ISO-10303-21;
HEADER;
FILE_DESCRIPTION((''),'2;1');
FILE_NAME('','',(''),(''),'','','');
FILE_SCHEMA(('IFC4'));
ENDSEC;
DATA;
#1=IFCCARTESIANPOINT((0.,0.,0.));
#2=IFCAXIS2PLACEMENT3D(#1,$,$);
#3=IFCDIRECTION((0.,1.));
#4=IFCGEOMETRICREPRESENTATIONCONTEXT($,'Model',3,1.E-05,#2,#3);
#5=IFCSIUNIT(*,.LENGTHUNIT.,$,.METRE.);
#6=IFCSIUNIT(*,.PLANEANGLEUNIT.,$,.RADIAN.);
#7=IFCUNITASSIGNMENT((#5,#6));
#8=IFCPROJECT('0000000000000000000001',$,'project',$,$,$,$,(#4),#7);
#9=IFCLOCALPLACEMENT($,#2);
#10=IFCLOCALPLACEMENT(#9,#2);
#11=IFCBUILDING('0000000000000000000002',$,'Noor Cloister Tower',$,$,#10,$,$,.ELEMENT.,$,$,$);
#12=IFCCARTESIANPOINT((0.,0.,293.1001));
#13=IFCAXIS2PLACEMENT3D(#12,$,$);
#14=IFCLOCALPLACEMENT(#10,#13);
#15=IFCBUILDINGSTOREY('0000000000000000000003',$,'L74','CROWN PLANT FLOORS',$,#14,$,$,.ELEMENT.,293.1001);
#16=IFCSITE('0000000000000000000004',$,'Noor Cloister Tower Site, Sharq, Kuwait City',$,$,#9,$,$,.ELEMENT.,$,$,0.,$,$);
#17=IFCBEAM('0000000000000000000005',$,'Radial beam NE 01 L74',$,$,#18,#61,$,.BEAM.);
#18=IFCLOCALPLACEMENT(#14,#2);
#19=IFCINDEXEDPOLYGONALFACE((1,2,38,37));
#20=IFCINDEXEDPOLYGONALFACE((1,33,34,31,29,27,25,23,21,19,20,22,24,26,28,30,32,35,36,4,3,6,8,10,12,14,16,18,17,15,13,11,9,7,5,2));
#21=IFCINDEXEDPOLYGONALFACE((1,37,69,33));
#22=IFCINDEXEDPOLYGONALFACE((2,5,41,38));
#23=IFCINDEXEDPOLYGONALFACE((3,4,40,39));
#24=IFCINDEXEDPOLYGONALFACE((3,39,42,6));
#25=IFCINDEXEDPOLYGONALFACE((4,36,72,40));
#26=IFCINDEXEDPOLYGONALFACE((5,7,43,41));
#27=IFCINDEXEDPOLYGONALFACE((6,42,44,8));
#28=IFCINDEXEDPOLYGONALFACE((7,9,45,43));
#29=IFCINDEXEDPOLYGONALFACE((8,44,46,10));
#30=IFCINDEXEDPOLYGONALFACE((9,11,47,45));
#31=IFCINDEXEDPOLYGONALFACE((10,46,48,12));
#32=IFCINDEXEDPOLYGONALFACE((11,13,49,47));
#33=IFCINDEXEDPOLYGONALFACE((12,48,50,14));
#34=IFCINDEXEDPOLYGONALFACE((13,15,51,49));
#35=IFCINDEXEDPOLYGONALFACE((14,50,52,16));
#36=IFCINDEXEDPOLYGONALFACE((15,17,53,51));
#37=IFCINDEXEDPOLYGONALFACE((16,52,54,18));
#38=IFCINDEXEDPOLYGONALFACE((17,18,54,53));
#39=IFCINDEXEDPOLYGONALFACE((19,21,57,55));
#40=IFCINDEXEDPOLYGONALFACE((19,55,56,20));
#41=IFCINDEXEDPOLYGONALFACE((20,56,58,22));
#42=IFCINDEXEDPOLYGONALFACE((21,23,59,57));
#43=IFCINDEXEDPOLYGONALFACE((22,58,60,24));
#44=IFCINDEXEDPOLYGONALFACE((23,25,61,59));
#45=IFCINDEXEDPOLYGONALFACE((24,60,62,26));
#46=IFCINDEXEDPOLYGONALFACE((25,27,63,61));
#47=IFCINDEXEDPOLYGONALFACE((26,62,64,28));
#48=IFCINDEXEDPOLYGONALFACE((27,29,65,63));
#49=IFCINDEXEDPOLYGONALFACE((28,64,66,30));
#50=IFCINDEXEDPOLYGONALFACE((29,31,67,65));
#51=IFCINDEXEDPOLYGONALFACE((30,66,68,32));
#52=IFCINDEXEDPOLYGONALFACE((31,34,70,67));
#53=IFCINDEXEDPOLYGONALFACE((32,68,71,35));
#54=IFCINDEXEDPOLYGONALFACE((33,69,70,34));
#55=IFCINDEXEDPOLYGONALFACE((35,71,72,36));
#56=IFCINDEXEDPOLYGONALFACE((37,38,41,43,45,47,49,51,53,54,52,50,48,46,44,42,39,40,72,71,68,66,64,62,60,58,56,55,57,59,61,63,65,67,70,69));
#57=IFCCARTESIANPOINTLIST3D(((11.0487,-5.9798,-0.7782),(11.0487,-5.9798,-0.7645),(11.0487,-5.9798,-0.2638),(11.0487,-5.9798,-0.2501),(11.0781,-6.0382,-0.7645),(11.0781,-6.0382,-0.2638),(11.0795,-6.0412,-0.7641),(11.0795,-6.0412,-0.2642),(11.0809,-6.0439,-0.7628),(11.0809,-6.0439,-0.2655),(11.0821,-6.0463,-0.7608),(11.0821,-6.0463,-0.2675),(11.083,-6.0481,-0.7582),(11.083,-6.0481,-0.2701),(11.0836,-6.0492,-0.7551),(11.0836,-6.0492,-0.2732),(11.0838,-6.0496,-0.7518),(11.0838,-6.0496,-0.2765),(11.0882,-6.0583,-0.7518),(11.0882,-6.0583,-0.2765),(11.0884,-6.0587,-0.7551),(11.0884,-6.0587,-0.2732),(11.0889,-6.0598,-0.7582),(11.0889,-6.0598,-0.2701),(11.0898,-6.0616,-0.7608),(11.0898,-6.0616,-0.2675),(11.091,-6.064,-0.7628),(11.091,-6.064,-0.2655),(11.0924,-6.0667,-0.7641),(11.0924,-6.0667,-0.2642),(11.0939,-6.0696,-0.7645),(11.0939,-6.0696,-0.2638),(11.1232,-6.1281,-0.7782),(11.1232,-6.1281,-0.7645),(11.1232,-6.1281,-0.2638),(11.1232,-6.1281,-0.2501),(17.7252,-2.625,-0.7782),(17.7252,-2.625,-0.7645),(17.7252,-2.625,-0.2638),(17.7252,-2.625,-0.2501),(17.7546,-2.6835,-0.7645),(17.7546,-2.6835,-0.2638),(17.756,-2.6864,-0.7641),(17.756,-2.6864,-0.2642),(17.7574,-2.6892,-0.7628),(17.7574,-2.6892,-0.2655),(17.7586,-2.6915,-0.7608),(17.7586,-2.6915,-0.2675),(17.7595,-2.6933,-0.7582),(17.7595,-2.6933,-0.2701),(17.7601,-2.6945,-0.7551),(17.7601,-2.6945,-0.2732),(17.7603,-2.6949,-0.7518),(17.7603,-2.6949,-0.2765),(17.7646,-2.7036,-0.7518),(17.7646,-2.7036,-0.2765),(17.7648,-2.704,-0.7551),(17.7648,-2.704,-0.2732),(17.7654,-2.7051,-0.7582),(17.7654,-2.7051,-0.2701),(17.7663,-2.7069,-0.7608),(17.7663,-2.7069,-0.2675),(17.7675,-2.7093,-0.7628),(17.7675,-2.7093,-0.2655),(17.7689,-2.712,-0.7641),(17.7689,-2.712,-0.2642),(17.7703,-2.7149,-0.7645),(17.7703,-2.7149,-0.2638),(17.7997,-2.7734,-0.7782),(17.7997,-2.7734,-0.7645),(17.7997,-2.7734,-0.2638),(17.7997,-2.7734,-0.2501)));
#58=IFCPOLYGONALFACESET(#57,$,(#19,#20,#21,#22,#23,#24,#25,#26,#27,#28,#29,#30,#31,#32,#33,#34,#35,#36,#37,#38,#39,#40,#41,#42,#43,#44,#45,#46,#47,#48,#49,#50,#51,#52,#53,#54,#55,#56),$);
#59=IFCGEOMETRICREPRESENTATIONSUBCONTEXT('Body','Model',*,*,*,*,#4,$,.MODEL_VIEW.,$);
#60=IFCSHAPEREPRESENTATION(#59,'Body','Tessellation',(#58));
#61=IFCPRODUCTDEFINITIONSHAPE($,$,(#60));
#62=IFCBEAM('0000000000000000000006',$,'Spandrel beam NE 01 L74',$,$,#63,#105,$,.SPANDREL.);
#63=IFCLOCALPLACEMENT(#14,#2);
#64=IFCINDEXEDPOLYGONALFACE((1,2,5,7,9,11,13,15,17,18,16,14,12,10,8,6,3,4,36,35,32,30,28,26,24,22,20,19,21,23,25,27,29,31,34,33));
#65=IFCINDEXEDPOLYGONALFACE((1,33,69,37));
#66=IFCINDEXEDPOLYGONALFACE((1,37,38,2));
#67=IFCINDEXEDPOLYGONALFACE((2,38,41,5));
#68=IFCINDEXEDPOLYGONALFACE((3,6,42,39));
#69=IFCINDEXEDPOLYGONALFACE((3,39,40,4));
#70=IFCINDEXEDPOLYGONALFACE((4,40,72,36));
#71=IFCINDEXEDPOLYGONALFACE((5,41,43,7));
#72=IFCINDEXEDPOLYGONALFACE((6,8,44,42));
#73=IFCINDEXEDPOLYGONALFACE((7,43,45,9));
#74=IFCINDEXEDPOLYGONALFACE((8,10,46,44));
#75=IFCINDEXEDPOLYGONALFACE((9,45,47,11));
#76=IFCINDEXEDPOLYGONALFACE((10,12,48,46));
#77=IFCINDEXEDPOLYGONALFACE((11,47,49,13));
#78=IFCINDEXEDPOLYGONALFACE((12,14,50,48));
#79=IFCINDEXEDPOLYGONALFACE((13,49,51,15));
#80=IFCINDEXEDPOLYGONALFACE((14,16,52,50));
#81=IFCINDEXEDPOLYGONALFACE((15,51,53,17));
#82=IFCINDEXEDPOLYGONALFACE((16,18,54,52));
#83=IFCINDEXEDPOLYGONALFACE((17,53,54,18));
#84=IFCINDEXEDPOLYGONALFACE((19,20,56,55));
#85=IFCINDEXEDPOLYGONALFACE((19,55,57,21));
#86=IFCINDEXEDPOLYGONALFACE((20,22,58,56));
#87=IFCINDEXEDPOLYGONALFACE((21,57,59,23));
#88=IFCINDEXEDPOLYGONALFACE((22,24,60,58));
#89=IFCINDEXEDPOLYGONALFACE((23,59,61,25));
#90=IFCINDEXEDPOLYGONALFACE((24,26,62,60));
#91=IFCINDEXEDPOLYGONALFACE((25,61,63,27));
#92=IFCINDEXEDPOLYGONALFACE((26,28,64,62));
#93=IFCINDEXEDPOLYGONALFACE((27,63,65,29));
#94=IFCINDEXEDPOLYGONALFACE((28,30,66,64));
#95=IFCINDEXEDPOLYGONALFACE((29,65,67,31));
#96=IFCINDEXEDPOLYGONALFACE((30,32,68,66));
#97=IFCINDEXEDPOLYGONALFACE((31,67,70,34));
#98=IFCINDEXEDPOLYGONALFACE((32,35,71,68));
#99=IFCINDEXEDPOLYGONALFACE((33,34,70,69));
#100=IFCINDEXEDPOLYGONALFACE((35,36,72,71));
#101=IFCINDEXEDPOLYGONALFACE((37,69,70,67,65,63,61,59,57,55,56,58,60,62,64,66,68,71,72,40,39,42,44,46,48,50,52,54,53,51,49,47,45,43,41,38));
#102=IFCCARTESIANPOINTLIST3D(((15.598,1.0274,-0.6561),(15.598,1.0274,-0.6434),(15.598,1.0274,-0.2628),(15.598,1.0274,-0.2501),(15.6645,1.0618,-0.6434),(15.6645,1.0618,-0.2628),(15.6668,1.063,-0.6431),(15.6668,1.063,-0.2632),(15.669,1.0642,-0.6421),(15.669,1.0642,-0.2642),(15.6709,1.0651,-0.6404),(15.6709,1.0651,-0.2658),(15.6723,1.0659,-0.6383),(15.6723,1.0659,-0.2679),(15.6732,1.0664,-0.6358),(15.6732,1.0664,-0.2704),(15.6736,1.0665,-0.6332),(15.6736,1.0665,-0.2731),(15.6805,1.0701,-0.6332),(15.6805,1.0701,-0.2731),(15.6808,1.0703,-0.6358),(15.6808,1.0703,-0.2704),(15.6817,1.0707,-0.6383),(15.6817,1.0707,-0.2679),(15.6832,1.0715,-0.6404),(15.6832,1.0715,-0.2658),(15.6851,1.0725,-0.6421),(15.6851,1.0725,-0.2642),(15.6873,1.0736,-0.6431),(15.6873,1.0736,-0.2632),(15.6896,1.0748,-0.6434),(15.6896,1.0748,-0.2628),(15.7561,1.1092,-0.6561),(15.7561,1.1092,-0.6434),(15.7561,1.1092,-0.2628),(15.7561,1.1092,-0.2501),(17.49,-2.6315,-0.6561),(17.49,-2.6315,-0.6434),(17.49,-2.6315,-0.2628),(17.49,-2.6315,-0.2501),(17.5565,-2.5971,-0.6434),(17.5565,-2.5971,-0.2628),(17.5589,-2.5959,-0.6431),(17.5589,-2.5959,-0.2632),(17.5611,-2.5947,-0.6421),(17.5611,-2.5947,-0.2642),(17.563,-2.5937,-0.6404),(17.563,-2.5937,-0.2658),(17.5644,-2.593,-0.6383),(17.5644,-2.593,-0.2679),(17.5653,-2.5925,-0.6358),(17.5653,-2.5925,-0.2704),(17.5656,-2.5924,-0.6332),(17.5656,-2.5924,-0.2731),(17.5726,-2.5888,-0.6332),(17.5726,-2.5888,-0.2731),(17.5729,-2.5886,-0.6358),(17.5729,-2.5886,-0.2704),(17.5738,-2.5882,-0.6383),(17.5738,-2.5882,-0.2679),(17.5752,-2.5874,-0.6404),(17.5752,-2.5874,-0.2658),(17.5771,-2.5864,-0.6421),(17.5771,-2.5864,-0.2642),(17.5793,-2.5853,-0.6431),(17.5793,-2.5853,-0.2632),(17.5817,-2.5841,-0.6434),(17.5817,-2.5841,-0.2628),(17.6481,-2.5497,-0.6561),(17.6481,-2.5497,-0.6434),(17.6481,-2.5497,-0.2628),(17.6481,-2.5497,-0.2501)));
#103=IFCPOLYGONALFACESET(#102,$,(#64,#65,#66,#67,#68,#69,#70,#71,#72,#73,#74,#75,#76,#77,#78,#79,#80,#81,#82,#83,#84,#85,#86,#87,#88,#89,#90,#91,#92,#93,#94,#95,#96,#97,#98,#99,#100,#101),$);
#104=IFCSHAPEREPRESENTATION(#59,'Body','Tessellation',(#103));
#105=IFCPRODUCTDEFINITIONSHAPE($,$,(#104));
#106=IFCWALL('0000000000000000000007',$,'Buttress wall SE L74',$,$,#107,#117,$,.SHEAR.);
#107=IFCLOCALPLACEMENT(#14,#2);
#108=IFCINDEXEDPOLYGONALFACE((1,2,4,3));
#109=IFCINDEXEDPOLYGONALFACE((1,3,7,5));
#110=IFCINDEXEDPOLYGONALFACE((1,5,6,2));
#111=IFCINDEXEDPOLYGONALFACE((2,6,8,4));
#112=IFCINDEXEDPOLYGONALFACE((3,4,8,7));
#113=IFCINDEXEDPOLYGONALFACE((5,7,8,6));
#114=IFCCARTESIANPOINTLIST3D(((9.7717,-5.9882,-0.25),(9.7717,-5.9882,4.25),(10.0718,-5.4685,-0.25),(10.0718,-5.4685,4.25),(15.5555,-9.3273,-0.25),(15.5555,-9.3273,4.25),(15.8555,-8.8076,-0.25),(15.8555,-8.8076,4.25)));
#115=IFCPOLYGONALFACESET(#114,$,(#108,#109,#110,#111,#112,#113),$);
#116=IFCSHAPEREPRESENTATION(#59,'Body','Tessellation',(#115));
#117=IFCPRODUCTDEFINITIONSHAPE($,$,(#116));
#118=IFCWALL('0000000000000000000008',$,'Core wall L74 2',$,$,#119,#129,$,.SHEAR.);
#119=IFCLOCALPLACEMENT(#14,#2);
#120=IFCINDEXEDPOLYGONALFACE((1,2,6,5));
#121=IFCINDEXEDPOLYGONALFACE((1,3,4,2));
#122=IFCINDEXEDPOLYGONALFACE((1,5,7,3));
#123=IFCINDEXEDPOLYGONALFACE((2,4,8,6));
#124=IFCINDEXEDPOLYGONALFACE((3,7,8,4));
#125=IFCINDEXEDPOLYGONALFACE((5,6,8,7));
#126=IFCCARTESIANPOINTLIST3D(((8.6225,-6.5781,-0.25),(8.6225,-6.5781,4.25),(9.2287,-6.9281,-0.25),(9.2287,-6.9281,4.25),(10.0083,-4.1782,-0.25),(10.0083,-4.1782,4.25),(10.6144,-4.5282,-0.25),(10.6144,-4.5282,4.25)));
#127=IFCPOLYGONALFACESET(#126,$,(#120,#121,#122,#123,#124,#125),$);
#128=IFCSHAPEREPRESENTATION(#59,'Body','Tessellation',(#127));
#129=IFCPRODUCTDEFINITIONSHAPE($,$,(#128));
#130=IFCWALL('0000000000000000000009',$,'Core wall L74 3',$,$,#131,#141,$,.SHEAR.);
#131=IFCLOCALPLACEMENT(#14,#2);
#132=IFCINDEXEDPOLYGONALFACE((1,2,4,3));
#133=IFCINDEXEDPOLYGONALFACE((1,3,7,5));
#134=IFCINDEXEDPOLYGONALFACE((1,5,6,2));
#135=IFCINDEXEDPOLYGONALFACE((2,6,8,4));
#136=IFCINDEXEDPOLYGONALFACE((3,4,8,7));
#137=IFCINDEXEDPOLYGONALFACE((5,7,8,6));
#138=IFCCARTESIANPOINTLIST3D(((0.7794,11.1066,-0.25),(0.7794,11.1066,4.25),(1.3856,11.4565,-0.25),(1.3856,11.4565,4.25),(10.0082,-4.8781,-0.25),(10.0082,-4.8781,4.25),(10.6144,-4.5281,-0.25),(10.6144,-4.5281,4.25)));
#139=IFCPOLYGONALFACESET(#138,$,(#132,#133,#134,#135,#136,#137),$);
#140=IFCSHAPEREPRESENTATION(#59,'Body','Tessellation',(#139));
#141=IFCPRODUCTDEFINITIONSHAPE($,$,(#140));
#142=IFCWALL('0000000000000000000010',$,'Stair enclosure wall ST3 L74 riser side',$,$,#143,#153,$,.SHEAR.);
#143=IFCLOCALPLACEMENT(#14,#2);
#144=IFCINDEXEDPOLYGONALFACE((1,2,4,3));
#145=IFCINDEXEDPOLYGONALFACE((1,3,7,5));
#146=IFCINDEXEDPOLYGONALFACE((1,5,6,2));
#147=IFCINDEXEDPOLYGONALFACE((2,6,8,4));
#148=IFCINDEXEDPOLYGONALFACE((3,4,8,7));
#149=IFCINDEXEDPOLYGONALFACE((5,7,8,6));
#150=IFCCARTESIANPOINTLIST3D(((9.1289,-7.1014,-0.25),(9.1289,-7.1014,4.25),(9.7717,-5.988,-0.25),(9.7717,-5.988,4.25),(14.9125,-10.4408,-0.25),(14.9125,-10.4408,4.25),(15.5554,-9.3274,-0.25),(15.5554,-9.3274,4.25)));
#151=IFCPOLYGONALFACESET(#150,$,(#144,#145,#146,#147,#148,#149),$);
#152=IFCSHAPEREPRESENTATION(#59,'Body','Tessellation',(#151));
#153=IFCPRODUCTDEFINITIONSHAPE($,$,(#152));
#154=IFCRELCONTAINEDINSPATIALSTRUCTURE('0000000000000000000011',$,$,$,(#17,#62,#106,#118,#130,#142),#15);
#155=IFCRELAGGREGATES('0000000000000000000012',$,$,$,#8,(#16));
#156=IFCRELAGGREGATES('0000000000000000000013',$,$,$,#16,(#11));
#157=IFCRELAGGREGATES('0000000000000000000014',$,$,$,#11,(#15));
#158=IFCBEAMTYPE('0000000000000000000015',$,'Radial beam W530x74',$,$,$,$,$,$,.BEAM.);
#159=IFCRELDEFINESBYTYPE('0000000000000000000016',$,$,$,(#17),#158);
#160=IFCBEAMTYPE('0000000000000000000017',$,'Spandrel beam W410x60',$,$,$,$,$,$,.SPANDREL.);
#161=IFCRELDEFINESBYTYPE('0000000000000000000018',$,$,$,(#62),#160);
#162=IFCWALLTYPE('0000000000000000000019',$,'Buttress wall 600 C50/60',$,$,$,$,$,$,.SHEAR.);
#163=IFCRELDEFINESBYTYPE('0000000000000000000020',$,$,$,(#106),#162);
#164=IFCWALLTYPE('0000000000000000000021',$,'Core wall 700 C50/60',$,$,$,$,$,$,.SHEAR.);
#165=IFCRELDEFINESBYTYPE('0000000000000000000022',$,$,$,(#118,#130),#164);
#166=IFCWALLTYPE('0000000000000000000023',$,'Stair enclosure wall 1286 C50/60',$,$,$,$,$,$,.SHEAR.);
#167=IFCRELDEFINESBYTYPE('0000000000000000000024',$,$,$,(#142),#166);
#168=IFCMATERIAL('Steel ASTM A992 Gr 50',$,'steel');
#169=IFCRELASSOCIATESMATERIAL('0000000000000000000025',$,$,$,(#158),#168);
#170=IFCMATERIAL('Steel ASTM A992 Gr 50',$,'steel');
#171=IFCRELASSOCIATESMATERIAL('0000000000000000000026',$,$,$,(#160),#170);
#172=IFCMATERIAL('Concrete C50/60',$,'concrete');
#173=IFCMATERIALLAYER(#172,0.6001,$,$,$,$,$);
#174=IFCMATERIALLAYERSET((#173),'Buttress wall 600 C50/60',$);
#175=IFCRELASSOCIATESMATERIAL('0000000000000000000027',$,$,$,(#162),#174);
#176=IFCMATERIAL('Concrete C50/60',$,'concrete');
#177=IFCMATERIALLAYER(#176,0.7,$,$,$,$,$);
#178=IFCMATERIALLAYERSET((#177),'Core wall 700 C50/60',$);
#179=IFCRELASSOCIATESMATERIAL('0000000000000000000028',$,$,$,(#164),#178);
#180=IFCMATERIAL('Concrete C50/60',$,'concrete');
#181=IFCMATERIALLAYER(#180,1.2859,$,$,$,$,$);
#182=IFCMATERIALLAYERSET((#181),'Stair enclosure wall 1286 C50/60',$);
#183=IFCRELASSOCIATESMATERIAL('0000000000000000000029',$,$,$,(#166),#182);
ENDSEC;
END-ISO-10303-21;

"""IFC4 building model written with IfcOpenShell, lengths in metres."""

from ifc_helpers import new_model, si_unit, direction, frame, frame_2d, origin, origin_2d, place, context, subcontext, project, spatial, rectangle, i_section, extrude, material, layer, layer_set, material_profile, profile_set, type_object, element, save


model = new_model("IFC4")

# Units and contexts
model_context = context("Model", 3, precision=1e-05, world=origin(), true_north=direction((0.0, 1.0)))
body_context = subcontext(model_context, "Body", "Model", "MODEL_VIEW")
ifc_project = project(units=[si_unit("LENGTHUNIT", "METRE"), si_unit("PLANEANGLEUNIT", "RADIAN")], contexts=[model_context])

# Site, building, storey
site_placement = place(None, origin())
site = spatial("IfcSite", under=ifc_project, at=site_placement, Name="Noor Cloister Tower Site, Sharq, Kuwait City", CompositionType="ELEMENT", RefElevation=0.0)
building_placement = place(site_placement, origin())
building = spatial("IfcBuilding", under=site, at=building_placement, Name="Noor Cloister Tower", CompositionType="ELEMENT")
storey_placement = place(building_placement, frame((0.0, 0.0, 293.1001)))
storey = spatial("IfcBuildingStorey", under=building, at=storey_placement, Name="L74", Description="CROWN PLANT FLOORS", CompositionType="ELEMENT", Elevation=293.1001)

# Beams
ifc_material_1 = material(Name="Steel ASTM A992 Gr 50", Category="steel")
ifc_material_profile_1 = material_profile(ifc_material_1, i_section(OverallWidth=0.166, OverallDepth=0.5281, WebThickness=0.0098, FlangeThickness=0.0137, FilletRadius=0.0127, at=origin_2d()), Name="W530x74")
ifc_profile_set_1 = profile_set([ifc_material_profile_1], Name="Steel ASTM A992 Gr 50")
beam_type_1 = type_object("IfcBeamType", Name="Radial beam W530x74", PredefinedType="BEAM", material=ifc_profile_set_1)
beam_1_placement = place(storey_placement, frame((17.7625, -2.6992, -0.5142), z_axis=(-0.893543, -0.448977, 0.0), x_axis=(0.448977, -0.893543, 0.0)))
element("IfcBeam", 1, at=beam_1_placement, inside=storey, type_object=beam_type_1, Name="Radial beam NE 01 L74", PredefinedType="BEAM", context=body_context, shape_type="SweptSolid", body=[
    extrude(i_section(OverallWidth=0.166, OverallDepth=0.5281, WebThickness=0.0098, FlangeThickness=0.0137, FilletRadius=0.0127, at=origin_2d()), origin(), (0.0, 0.0, 1.0), 7.4719),
])
ifc_material_2 = material(Name="Steel ASTM A992 Gr 50", Category="steel")
ifc_material_profile_2 = material_profile(ifc_material_2, i_section(OverallWidth=0.178, OverallDepth=0.406, WebThickness=0.0078, FlangeThickness=0.0127, FilletRadius=0.0103, at=origin_2d()), Name="W410x60")
ifc_profile_set_2 = profile_set([ifc_material_profile_2], Name="Steel ASTM A992 Gr 50")
beam_type_2 = type_object("IfcBeamType", Name="Spandrel beam W410x60", PredefinedType="SPANDREL", material=ifc_profile_set_2)
beam_2_placement = place(storey_placement, frame((17.5691, -2.5906, -0.4531), z_axis=(-0.459334, 0.888264, 0.0), x_axis=(-0.888264, -0.459334, 0.0)))
element("IfcBeam", 2, at=beam_2_placement, inside=storey, type_object=beam_type_2, Name="Spandrel beam NE 01 L74", PredefinedType="SPANDREL", context=body_context, shape_type="SweptSolid", body=[
    extrude(i_section(OverallWidth=0.178, OverallDepth=0.406, WebThickness=0.0078, FlangeThickness=0.0127, FilletRadius=0.0103, at=origin_2d()), origin(), (0.0, 0.0, 1.0), 4.1191),
])

# Walls
ifc_material_3 = material(Name="Concrete C50/60", Category="concrete")
ifc_layer_1 = layer(ifc_material_3, 0.6001)
ifc_layer_set_1 = layer_set([ifc_layer_1], Name="Buttress wall 600 C50/60")
wall_type_1 = type_object("IfcWallType", Name="Buttress wall 600 C50/60", PredefinedType="SHEAR", material=ifc_layer_set_1)
wall_1_placement = place(storey_placement, frame((9.9216, -5.7283, -0.25), z_axis=(0.0, 0.0, 1.0), x_axis=(0.866032, -0.499988, 0.0)))
element("IfcWall", 3, at=wall_1_placement, inside=storey, type_object=wall_type_1, Name="Buttress wall SE L74", PredefinedType="SHEAR", context=body_context, shape_type="SweptSolid", body=[
    extrude(rectangle(XDim=6.6785, YDim=0.6001, at=frame_2d((3.3394, 0.0))), origin(), (0.0, 0.0, 1.0), 4.5),
])
ifc_material_4 = material(Name="Concrete C50/60", Category="concrete")
ifc_layer_2 = layer(ifc_material_4, 0.7)
ifc_layer_set_2 = layer_set([ifc_layer_2], Name="Core wall 700 C50/60")
wall_type_2 = type_object("IfcWallType", Name="Core wall 700 C50/60", PredefinedType="SHEAR", material=ifc_layer_set_2)
wall_2_placement = place(storey_placement, frame((8.9255, -6.7532, -0.25), z_axis=(0.0, 0.0, 1.0), x_axis=(0.500043, 0.866001, 0.0)))
element("IfcWall", 4, at=wall_2_placement, inside=storey, type_object=wall_type_2, Name="Core wall L74 2", PredefinedType="SHEAR", context=body_context, shape_type="SweptSolid", body=[
    extrude(rectangle(XDim=2.7712, YDim=0.7, at=frame_2d((1.3857, 0.0))), origin(), (0.0, 0.0, 1.0), 4.5),
])
wall_3_placement = place(storey_placement, frame((10.3113, -4.7031, -0.25), z_axis=(0.0, 0.0, 1.0), x_axis=(-0.500001, 0.866025, 0.0)))
element("IfcWall", 5, at=wall_3_placement, inside=storey, type_object=wall_type_2, Name="Core wall L74 3", PredefinedType="SHEAR", context=body_context, shape_type="SweptSolid", body=[
    extrude(rectangle(XDim=18.4575, YDim=0.7, at=frame_2d((9.2288, 0.0))), origin(), (0.0, 0.0, 1.0), 4.5),
])
ifc_material_5 = material(Name="Concrete C50/60", Category="concrete")
ifc_layer_3 = layer(ifc_material_5, 1.2859)
ifc_layer_set_3 = layer_set([ifc_layer_3], Name="Stair enclosure wall 1286 C50/60")
wall_type_3 = type_object("IfcWallType", Name="Stair enclosure wall 1286 C50/60", PredefinedType="SHEAR", material=ifc_layer_set_3)
wall_4_placement = place(storey_placement, frame((9.4502, -6.5447, -0.25), z_axis=(0.0, 0.0, 1.0), x_axis=(0.866016, -0.500016, 0.0)))
element("IfcWall", 6, at=wall_4_placement, inside=storey, type_object=wall_type_3, Name="Stair enclosure wall ST3 L74 riser side", PredefinedType="SHEAR", context=body_context, shape_type="SweptSolid", body=[
    extrude(rectangle(XDim=6.6785, YDim=1.2856, at=frame_2d((3.3394, 0.0))), origin(), (0.0, 0.0, 1.0), 4.5),
])

save(model, "model.ifc")
